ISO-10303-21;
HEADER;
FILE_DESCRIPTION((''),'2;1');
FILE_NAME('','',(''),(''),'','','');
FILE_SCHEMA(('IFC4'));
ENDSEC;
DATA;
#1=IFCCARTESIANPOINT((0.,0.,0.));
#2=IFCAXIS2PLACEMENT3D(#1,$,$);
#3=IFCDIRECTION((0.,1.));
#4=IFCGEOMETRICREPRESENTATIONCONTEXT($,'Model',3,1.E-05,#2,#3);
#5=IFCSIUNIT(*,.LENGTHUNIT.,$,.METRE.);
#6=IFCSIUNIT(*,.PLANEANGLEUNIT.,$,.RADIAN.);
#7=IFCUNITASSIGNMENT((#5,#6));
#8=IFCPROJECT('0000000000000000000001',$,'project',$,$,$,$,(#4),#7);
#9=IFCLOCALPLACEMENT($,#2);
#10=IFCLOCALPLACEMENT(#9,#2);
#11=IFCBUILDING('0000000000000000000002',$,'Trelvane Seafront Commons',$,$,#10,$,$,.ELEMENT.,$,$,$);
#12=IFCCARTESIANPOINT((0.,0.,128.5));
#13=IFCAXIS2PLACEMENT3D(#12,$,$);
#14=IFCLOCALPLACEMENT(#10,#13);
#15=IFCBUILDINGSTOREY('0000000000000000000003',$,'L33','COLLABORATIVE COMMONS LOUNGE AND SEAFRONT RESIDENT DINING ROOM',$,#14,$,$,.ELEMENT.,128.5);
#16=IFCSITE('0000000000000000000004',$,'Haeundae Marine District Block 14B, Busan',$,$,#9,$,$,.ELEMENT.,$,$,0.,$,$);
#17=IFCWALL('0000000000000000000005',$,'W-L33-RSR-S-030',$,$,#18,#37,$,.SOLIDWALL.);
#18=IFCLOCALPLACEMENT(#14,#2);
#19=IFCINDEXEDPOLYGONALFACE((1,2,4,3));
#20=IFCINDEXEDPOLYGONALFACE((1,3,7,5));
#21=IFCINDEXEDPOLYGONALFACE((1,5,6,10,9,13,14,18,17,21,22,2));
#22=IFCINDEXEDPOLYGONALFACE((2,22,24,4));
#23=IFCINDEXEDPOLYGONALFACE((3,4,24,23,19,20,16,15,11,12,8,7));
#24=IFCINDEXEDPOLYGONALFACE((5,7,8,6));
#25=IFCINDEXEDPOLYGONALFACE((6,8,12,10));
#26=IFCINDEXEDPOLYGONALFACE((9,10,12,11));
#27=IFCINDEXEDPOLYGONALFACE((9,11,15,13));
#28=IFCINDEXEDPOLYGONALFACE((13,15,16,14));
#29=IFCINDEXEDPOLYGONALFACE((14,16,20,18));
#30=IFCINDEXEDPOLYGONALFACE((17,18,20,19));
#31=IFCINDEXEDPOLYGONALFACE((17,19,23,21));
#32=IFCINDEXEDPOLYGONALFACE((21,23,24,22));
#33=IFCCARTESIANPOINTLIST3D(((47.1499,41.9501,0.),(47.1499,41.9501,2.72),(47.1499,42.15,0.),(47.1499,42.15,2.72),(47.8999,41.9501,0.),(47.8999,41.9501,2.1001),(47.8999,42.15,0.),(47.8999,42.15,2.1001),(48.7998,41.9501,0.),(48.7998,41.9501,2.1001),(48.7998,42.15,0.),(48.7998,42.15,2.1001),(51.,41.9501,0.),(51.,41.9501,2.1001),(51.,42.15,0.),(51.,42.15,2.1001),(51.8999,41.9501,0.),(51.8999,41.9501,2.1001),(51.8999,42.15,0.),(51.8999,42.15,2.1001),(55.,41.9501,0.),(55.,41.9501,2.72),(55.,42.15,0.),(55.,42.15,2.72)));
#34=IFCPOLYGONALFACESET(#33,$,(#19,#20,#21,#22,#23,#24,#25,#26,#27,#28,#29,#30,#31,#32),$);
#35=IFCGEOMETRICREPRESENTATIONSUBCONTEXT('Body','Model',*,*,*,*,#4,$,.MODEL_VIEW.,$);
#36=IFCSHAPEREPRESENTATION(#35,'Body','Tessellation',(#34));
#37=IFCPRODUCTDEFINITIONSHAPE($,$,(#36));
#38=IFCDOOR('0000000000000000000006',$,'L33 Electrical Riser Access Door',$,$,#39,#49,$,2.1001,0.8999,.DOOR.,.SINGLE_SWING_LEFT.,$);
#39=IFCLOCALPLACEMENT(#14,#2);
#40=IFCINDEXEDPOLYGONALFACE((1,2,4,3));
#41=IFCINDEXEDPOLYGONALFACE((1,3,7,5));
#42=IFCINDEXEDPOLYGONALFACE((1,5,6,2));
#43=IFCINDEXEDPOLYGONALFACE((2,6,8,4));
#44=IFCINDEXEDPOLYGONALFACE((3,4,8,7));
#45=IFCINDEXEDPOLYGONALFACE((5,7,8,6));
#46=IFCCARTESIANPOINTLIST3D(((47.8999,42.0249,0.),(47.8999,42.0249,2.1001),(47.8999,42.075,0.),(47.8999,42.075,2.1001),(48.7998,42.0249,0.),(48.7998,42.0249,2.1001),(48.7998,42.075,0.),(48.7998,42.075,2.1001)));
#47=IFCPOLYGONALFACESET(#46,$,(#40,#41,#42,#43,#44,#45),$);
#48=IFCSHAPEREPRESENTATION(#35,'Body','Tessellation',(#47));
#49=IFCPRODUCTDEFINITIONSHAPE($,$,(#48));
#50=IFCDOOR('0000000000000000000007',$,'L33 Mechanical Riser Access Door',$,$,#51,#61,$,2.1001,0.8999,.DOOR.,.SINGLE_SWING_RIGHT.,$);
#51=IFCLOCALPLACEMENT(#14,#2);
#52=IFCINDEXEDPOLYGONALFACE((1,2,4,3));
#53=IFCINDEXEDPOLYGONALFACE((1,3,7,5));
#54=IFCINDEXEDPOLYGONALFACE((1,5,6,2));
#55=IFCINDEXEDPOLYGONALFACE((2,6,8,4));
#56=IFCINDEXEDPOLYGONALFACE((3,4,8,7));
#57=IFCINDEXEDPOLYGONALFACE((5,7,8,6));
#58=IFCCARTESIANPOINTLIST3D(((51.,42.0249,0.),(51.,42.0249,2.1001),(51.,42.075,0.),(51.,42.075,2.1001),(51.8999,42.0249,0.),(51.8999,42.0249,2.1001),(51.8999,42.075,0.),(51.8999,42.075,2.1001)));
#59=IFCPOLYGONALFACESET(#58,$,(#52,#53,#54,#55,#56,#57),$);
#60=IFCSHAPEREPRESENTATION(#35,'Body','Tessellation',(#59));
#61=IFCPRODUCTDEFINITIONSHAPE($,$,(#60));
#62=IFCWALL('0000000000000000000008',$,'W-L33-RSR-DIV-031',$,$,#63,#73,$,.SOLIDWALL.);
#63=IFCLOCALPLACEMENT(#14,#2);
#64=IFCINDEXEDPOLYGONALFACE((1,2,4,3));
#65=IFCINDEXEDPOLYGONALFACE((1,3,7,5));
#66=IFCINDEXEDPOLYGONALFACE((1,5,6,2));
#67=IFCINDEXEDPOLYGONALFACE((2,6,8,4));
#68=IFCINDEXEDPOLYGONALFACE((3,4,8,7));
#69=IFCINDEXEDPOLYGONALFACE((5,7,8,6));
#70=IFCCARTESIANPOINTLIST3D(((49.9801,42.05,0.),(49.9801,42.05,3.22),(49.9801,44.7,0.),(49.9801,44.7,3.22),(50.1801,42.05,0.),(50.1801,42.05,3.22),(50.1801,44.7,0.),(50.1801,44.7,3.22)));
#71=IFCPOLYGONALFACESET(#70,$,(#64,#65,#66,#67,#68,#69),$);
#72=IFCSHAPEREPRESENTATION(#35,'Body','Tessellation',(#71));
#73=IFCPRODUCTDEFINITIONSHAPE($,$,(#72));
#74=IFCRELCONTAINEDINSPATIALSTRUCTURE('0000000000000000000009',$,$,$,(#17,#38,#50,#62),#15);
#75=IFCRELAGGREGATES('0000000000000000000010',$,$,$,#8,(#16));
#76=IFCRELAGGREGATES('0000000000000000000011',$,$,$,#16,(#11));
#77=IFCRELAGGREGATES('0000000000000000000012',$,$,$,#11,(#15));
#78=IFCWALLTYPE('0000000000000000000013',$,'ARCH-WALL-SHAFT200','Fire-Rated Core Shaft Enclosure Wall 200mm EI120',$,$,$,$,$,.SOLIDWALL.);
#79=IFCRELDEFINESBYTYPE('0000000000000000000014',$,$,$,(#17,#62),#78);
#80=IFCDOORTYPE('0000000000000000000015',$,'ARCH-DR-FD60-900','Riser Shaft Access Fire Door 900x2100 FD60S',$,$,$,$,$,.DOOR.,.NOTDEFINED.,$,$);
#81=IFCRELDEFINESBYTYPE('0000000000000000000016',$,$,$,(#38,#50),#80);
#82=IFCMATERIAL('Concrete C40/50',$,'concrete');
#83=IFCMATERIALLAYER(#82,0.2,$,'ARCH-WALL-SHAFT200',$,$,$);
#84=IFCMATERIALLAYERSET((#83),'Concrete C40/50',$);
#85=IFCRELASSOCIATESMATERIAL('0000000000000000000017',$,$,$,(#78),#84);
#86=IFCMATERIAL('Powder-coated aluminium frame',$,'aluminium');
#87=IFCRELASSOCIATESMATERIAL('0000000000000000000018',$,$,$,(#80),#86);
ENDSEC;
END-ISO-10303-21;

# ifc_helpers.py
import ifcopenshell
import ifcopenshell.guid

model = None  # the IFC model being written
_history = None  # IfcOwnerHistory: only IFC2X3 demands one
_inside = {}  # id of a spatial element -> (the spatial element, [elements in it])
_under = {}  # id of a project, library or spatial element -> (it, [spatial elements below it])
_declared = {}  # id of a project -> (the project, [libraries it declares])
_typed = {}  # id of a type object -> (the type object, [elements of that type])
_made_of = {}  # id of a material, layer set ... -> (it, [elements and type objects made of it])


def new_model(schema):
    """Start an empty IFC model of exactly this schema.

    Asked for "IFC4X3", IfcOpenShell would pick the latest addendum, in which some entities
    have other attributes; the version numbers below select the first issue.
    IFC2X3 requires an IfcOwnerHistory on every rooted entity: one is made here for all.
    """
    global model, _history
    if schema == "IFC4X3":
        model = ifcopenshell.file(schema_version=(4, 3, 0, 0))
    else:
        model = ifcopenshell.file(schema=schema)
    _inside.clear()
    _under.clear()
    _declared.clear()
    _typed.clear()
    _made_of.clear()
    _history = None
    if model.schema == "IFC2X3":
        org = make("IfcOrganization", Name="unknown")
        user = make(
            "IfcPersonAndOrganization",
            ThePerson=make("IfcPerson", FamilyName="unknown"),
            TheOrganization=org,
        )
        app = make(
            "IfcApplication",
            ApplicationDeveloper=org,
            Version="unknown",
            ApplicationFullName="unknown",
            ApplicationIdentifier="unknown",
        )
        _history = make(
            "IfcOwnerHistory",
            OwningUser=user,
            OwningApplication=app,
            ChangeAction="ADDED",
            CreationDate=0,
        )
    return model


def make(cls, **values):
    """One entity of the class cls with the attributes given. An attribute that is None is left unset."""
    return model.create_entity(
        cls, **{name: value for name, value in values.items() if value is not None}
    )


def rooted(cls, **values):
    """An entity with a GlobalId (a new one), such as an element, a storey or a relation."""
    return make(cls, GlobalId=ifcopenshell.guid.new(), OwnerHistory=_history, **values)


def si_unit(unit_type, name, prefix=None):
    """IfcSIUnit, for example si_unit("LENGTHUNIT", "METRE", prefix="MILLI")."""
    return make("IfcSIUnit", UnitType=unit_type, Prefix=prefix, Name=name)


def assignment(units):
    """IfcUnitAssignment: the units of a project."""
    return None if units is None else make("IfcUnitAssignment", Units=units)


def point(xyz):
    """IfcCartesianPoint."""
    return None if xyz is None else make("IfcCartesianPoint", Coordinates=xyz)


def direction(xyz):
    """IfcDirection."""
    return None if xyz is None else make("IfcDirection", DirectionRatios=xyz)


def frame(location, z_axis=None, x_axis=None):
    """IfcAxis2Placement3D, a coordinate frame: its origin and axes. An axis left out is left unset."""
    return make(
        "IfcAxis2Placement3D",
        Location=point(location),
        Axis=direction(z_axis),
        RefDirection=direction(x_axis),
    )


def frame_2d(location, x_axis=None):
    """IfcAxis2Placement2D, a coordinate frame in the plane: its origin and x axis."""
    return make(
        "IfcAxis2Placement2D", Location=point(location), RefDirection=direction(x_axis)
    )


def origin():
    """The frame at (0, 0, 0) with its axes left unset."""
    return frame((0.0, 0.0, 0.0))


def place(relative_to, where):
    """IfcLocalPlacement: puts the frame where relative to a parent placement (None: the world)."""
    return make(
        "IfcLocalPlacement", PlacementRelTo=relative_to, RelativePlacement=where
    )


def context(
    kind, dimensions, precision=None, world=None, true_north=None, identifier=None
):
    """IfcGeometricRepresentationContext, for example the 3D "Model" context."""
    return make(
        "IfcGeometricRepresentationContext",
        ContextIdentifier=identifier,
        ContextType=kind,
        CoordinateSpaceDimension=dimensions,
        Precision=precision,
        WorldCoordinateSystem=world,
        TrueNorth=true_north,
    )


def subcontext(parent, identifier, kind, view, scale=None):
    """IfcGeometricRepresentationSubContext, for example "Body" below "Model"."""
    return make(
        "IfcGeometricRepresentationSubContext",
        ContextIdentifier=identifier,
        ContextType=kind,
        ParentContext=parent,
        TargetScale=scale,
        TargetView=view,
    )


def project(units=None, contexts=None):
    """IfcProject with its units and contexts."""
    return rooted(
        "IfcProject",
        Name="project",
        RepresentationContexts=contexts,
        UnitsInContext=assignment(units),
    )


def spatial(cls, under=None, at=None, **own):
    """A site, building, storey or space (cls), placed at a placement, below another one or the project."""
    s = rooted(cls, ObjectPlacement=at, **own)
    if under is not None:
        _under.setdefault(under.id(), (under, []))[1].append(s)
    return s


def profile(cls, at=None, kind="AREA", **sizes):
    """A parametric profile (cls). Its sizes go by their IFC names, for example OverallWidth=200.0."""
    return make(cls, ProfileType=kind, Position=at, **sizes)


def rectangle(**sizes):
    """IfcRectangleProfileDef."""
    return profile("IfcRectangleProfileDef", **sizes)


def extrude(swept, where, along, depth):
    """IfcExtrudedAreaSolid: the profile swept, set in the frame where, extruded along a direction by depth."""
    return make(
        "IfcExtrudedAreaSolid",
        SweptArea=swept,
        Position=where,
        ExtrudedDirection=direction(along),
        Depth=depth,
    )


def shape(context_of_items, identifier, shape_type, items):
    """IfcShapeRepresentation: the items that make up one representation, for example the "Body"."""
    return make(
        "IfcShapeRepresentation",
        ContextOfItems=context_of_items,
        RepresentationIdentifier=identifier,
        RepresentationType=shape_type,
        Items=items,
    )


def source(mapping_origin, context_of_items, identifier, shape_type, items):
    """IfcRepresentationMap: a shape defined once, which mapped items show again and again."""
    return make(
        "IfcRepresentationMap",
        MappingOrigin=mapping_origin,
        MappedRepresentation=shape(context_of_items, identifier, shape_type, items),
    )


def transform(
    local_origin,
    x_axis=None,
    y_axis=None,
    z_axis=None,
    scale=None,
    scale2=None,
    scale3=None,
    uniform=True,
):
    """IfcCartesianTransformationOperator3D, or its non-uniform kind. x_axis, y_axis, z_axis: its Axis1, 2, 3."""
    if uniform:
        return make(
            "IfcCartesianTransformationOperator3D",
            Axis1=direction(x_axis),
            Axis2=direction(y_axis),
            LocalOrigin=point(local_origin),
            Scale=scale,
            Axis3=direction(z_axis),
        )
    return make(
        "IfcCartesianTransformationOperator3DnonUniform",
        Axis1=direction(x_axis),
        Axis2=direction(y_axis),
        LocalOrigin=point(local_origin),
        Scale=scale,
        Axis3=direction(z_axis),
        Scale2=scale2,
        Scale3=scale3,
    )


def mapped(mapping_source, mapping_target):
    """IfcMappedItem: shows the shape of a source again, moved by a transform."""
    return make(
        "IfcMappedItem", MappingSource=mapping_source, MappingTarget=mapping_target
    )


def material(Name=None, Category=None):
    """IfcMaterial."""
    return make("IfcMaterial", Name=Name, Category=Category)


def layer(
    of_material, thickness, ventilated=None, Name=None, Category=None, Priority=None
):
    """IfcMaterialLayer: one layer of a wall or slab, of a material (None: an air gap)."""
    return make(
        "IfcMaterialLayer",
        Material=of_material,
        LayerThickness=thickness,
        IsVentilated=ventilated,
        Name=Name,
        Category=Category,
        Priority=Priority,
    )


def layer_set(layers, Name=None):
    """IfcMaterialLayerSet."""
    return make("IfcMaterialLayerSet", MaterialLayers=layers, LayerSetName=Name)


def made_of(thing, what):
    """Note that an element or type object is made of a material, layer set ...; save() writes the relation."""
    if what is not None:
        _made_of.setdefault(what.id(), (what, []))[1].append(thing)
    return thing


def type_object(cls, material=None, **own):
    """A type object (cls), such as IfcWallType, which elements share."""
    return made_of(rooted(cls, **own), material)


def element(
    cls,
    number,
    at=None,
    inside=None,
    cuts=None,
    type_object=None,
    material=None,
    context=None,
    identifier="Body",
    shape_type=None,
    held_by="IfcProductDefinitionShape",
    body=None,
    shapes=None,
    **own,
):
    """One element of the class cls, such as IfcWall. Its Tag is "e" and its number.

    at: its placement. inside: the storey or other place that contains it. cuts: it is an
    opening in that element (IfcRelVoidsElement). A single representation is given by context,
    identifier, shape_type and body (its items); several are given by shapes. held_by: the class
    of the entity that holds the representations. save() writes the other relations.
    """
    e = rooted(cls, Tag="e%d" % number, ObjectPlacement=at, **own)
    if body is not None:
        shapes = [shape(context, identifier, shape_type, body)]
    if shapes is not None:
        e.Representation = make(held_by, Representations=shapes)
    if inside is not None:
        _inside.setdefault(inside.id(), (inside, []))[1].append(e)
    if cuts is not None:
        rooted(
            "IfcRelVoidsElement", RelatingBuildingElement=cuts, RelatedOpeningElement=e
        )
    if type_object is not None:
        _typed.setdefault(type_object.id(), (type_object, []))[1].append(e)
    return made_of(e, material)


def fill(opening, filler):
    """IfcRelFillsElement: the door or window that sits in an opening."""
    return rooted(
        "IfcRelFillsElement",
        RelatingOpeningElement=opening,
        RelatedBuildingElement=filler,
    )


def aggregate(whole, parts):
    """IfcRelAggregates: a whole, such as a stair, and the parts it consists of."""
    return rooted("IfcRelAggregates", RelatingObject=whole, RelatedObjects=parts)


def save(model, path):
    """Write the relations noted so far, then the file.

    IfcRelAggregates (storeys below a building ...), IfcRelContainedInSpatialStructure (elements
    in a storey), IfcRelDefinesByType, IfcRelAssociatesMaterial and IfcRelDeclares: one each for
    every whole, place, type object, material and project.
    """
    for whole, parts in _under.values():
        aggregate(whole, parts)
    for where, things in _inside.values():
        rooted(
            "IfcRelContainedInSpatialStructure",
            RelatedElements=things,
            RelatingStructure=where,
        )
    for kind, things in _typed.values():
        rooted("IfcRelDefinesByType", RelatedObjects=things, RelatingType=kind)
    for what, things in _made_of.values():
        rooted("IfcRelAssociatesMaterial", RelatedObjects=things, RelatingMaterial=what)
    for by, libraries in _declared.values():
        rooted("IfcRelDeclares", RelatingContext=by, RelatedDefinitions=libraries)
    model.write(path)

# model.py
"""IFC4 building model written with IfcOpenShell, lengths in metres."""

from ifc_helpers import new_model, si_unit, direction, frame, frame_2d, origin, place, context, subcontext, project, spatial, rectangle, extrude, source, transform, mapped, material, layer, layer_set, type_object, element, fill, save


model = new_model("IFC4")

# Units and contexts
model_context = context("Model", 3, precision=1e-05, world=origin(), true_north=direction((0.0, 1.0)))
body_context = subcontext(model_context, "Body", "Model", "MODEL_VIEW")
ifc_project = project(units=[si_unit("LENGTHUNIT", "METRE"), si_unit("PLANEANGLEUNIT", "RADIAN")], contexts=[model_context])

# Site, building, storey
site_placement = place(None, origin())
site = spatial("IfcSite", under=ifc_project, at=site_placement, Name="Haeundae Marine District Block 14B, Busan", CompositionType="ELEMENT", RefElevation=0.0)
building_placement = place(site_placement, origin())
building = spatial("IfcBuilding", under=site, at=building_placement, Name="Trelvane Seafront Commons", CompositionType="ELEMENT")
storey_placement = place(building_placement, frame((0.0, 0.0, 128.5)))
storey = spatial("IfcBuildingStorey", under=building, at=storey_placement, Name="L33", Description="COLLABORATIVE COMMONS LOUNGE AND SEAFRONT RESIDENT DINING ROOM", CompositionType="ELEMENT", Elevation=128.5)

# Shared definitions
ifc_material_1 = material(Name="Concrete C40/50", Category="concrete")
ifc_material_2 = material(Name="Powder-coated aluminium frame", Category="aluminium")

# Shared definitions
ifc_layer_1 = layer(ifc_material_1, 0.2, Name="ARCH-WALL-SHAFT200")
ifc_layer_set_1 = layer_set([ifc_layer_1], Name="Concrete C40/50")
wall_type_1 = type_object("IfcWallType", Name="ARCH-WALL-SHAFT200", Description="Fire-Rated Core Shaft Enclosure Wall 200mm EI120", PredefinedType="SOLIDWALL", material=ifc_layer_set_1)

# Wall, openings, doors
wall_1_placement = place(storey_placement, frame((47.1499, 42.05, 0.0), z_axis=(0.0, 0.0, 1.0), x_axis=(1.0, 0.0, 0.0)))
wall_1 = element("IfcWall", 1, at=wall_1_placement, inside=storey, type_object=wall_type_1, Name="W-L33-RSR-S-030", PredefinedType="SOLIDWALL", context=body_context, shape_type="SweptSolid", body=[
    extrude(rectangle(XDim=7.8501, YDim=0.2, at=frame_2d((3.925, 0.0))), origin(), (0.0, 0.0, 1.0), 2.72),
])
opening_1_placement = place(wall_1_placement, frame((0.75, 0.0, 0.0)))
opening_1 = element("IfcOpeningElement", 2, at=opening_1_placement, cuts=wall_1, PredefinedType="OPENING", context=body_context, shape_type="SweptSolid", body=[
    extrude(rectangle(XDim=0.8999, YDim=2.1001, at=frame_2d((0.45, 1.05))), frame((0.0, 0.1099, 0.0), z_axis=(0.0, -1.0, 0.0), x_axis=(1.0, 0.0, 0.0)), (0.0, 0.0, 1.0), 0.22),
])
opening_2_placement = place(wall_1_placement, frame((3.8501, 0.0, 0.0)))
opening_2 = element("IfcOpeningElement", 3, at=opening_2_placement, cuts=wall_1, PredefinedType="OPENING", context=body_context, shape_type="SweptSolid", body=[
    extrude(rectangle(XDim=0.8999, YDim=2.1001, at=frame_2d((0.45, 1.05))), frame((0.0, 0.1099, 0.0), z_axis=(0.0, -1.0, 0.0), x_axis=(1.0, 0.0, 0.0)), (0.0, 0.0, 1.0), 0.22),
])
door_type_1 = type_object("IfcDoorType", Name="ARCH-DR-FD60-900", Description="Riser Shaft Access Fire Door 900x2100 FD60S", OperationType="NOTDEFINED", PredefinedType="DOOR", material=ifc_material_2)
shared_shape_1 = source(origin(), body_context, "Body", "SweptSolid", [
    extrude(rectangle(XDim=0.8999, YDim=2.1001, at=frame_2d((0.45, 1.05))), frame((0.0, 0.0249, 0.0), z_axis=(0.0, -1.0, 0.0), x_axis=(1.0, 0.0, 0.0)), (0.0, 0.0, 1.0), 0.05),
])
door_1_placement = place(opening_1_placement, origin())
door_1 = element("IfcDoor", 4, at=door_1_placement, inside=storey, type_object=door_type_1, Name="L33 Electrical Riser Access Door", OperationType="SINGLE_SWING_LEFT", OverallHeight=2.1001, OverallWidth=0.8999, PredefinedType="DOOR", context=body_context, shape_type="MappedRepresentation", body=[
    mapped(shared_shape_1, transform((0.0, 0.0, 0.0), x_axis=(1.0, 0.0, 0.0), y_axis=(0.0, 1.0, 0.0), z_axis=(0.0, 0.0, 1.0), scale=1.0)),
])
fill(opening_1, door_1)
door_2_placement = place(opening_2_placement, origin())
door_2 = element("IfcDoor", 5, at=door_2_placement, inside=storey, type_object=door_type_1, Name="L33 Mechanical Riser Access Door", OperationType="SINGLE_SWING_RIGHT", OverallHeight=2.1001, OverallWidth=0.8999, PredefinedType="DOOR", context=body_context, shape_type="MappedRepresentation", body=[
    mapped(shared_shape_1, transform((0.0, 0.0, 0.0), x_axis=(1.0, 0.0, 0.0), y_axis=(0.0, 1.0, 0.0), z_axis=(0.0, 0.0, 1.0), scale=1.0)),
])
fill(opening_2, door_2)

# Wall
wall_2_placement = place(storey_placement, frame((50.0801, 42.05, 0.0), z_axis=(0.0, 0.0, 1.0), x_axis=(0.0, 1.0, 0.0)))
element("IfcWall", 6, at=wall_2_placement, inside=storey, type_object=wall_type_1, Name="W-L33-RSR-DIV-031", PredefinedType="SOLIDWALL", context=body_context, shape_type="SweptSolid", body=[
    extrude(rectangle(XDim=2.6499, YDim=0.2, at=frame_2d((1.325, 0.0))), origin(), (0.0, 0.0, 1.0), 3.22),
])

save(model, "model.ifc")
